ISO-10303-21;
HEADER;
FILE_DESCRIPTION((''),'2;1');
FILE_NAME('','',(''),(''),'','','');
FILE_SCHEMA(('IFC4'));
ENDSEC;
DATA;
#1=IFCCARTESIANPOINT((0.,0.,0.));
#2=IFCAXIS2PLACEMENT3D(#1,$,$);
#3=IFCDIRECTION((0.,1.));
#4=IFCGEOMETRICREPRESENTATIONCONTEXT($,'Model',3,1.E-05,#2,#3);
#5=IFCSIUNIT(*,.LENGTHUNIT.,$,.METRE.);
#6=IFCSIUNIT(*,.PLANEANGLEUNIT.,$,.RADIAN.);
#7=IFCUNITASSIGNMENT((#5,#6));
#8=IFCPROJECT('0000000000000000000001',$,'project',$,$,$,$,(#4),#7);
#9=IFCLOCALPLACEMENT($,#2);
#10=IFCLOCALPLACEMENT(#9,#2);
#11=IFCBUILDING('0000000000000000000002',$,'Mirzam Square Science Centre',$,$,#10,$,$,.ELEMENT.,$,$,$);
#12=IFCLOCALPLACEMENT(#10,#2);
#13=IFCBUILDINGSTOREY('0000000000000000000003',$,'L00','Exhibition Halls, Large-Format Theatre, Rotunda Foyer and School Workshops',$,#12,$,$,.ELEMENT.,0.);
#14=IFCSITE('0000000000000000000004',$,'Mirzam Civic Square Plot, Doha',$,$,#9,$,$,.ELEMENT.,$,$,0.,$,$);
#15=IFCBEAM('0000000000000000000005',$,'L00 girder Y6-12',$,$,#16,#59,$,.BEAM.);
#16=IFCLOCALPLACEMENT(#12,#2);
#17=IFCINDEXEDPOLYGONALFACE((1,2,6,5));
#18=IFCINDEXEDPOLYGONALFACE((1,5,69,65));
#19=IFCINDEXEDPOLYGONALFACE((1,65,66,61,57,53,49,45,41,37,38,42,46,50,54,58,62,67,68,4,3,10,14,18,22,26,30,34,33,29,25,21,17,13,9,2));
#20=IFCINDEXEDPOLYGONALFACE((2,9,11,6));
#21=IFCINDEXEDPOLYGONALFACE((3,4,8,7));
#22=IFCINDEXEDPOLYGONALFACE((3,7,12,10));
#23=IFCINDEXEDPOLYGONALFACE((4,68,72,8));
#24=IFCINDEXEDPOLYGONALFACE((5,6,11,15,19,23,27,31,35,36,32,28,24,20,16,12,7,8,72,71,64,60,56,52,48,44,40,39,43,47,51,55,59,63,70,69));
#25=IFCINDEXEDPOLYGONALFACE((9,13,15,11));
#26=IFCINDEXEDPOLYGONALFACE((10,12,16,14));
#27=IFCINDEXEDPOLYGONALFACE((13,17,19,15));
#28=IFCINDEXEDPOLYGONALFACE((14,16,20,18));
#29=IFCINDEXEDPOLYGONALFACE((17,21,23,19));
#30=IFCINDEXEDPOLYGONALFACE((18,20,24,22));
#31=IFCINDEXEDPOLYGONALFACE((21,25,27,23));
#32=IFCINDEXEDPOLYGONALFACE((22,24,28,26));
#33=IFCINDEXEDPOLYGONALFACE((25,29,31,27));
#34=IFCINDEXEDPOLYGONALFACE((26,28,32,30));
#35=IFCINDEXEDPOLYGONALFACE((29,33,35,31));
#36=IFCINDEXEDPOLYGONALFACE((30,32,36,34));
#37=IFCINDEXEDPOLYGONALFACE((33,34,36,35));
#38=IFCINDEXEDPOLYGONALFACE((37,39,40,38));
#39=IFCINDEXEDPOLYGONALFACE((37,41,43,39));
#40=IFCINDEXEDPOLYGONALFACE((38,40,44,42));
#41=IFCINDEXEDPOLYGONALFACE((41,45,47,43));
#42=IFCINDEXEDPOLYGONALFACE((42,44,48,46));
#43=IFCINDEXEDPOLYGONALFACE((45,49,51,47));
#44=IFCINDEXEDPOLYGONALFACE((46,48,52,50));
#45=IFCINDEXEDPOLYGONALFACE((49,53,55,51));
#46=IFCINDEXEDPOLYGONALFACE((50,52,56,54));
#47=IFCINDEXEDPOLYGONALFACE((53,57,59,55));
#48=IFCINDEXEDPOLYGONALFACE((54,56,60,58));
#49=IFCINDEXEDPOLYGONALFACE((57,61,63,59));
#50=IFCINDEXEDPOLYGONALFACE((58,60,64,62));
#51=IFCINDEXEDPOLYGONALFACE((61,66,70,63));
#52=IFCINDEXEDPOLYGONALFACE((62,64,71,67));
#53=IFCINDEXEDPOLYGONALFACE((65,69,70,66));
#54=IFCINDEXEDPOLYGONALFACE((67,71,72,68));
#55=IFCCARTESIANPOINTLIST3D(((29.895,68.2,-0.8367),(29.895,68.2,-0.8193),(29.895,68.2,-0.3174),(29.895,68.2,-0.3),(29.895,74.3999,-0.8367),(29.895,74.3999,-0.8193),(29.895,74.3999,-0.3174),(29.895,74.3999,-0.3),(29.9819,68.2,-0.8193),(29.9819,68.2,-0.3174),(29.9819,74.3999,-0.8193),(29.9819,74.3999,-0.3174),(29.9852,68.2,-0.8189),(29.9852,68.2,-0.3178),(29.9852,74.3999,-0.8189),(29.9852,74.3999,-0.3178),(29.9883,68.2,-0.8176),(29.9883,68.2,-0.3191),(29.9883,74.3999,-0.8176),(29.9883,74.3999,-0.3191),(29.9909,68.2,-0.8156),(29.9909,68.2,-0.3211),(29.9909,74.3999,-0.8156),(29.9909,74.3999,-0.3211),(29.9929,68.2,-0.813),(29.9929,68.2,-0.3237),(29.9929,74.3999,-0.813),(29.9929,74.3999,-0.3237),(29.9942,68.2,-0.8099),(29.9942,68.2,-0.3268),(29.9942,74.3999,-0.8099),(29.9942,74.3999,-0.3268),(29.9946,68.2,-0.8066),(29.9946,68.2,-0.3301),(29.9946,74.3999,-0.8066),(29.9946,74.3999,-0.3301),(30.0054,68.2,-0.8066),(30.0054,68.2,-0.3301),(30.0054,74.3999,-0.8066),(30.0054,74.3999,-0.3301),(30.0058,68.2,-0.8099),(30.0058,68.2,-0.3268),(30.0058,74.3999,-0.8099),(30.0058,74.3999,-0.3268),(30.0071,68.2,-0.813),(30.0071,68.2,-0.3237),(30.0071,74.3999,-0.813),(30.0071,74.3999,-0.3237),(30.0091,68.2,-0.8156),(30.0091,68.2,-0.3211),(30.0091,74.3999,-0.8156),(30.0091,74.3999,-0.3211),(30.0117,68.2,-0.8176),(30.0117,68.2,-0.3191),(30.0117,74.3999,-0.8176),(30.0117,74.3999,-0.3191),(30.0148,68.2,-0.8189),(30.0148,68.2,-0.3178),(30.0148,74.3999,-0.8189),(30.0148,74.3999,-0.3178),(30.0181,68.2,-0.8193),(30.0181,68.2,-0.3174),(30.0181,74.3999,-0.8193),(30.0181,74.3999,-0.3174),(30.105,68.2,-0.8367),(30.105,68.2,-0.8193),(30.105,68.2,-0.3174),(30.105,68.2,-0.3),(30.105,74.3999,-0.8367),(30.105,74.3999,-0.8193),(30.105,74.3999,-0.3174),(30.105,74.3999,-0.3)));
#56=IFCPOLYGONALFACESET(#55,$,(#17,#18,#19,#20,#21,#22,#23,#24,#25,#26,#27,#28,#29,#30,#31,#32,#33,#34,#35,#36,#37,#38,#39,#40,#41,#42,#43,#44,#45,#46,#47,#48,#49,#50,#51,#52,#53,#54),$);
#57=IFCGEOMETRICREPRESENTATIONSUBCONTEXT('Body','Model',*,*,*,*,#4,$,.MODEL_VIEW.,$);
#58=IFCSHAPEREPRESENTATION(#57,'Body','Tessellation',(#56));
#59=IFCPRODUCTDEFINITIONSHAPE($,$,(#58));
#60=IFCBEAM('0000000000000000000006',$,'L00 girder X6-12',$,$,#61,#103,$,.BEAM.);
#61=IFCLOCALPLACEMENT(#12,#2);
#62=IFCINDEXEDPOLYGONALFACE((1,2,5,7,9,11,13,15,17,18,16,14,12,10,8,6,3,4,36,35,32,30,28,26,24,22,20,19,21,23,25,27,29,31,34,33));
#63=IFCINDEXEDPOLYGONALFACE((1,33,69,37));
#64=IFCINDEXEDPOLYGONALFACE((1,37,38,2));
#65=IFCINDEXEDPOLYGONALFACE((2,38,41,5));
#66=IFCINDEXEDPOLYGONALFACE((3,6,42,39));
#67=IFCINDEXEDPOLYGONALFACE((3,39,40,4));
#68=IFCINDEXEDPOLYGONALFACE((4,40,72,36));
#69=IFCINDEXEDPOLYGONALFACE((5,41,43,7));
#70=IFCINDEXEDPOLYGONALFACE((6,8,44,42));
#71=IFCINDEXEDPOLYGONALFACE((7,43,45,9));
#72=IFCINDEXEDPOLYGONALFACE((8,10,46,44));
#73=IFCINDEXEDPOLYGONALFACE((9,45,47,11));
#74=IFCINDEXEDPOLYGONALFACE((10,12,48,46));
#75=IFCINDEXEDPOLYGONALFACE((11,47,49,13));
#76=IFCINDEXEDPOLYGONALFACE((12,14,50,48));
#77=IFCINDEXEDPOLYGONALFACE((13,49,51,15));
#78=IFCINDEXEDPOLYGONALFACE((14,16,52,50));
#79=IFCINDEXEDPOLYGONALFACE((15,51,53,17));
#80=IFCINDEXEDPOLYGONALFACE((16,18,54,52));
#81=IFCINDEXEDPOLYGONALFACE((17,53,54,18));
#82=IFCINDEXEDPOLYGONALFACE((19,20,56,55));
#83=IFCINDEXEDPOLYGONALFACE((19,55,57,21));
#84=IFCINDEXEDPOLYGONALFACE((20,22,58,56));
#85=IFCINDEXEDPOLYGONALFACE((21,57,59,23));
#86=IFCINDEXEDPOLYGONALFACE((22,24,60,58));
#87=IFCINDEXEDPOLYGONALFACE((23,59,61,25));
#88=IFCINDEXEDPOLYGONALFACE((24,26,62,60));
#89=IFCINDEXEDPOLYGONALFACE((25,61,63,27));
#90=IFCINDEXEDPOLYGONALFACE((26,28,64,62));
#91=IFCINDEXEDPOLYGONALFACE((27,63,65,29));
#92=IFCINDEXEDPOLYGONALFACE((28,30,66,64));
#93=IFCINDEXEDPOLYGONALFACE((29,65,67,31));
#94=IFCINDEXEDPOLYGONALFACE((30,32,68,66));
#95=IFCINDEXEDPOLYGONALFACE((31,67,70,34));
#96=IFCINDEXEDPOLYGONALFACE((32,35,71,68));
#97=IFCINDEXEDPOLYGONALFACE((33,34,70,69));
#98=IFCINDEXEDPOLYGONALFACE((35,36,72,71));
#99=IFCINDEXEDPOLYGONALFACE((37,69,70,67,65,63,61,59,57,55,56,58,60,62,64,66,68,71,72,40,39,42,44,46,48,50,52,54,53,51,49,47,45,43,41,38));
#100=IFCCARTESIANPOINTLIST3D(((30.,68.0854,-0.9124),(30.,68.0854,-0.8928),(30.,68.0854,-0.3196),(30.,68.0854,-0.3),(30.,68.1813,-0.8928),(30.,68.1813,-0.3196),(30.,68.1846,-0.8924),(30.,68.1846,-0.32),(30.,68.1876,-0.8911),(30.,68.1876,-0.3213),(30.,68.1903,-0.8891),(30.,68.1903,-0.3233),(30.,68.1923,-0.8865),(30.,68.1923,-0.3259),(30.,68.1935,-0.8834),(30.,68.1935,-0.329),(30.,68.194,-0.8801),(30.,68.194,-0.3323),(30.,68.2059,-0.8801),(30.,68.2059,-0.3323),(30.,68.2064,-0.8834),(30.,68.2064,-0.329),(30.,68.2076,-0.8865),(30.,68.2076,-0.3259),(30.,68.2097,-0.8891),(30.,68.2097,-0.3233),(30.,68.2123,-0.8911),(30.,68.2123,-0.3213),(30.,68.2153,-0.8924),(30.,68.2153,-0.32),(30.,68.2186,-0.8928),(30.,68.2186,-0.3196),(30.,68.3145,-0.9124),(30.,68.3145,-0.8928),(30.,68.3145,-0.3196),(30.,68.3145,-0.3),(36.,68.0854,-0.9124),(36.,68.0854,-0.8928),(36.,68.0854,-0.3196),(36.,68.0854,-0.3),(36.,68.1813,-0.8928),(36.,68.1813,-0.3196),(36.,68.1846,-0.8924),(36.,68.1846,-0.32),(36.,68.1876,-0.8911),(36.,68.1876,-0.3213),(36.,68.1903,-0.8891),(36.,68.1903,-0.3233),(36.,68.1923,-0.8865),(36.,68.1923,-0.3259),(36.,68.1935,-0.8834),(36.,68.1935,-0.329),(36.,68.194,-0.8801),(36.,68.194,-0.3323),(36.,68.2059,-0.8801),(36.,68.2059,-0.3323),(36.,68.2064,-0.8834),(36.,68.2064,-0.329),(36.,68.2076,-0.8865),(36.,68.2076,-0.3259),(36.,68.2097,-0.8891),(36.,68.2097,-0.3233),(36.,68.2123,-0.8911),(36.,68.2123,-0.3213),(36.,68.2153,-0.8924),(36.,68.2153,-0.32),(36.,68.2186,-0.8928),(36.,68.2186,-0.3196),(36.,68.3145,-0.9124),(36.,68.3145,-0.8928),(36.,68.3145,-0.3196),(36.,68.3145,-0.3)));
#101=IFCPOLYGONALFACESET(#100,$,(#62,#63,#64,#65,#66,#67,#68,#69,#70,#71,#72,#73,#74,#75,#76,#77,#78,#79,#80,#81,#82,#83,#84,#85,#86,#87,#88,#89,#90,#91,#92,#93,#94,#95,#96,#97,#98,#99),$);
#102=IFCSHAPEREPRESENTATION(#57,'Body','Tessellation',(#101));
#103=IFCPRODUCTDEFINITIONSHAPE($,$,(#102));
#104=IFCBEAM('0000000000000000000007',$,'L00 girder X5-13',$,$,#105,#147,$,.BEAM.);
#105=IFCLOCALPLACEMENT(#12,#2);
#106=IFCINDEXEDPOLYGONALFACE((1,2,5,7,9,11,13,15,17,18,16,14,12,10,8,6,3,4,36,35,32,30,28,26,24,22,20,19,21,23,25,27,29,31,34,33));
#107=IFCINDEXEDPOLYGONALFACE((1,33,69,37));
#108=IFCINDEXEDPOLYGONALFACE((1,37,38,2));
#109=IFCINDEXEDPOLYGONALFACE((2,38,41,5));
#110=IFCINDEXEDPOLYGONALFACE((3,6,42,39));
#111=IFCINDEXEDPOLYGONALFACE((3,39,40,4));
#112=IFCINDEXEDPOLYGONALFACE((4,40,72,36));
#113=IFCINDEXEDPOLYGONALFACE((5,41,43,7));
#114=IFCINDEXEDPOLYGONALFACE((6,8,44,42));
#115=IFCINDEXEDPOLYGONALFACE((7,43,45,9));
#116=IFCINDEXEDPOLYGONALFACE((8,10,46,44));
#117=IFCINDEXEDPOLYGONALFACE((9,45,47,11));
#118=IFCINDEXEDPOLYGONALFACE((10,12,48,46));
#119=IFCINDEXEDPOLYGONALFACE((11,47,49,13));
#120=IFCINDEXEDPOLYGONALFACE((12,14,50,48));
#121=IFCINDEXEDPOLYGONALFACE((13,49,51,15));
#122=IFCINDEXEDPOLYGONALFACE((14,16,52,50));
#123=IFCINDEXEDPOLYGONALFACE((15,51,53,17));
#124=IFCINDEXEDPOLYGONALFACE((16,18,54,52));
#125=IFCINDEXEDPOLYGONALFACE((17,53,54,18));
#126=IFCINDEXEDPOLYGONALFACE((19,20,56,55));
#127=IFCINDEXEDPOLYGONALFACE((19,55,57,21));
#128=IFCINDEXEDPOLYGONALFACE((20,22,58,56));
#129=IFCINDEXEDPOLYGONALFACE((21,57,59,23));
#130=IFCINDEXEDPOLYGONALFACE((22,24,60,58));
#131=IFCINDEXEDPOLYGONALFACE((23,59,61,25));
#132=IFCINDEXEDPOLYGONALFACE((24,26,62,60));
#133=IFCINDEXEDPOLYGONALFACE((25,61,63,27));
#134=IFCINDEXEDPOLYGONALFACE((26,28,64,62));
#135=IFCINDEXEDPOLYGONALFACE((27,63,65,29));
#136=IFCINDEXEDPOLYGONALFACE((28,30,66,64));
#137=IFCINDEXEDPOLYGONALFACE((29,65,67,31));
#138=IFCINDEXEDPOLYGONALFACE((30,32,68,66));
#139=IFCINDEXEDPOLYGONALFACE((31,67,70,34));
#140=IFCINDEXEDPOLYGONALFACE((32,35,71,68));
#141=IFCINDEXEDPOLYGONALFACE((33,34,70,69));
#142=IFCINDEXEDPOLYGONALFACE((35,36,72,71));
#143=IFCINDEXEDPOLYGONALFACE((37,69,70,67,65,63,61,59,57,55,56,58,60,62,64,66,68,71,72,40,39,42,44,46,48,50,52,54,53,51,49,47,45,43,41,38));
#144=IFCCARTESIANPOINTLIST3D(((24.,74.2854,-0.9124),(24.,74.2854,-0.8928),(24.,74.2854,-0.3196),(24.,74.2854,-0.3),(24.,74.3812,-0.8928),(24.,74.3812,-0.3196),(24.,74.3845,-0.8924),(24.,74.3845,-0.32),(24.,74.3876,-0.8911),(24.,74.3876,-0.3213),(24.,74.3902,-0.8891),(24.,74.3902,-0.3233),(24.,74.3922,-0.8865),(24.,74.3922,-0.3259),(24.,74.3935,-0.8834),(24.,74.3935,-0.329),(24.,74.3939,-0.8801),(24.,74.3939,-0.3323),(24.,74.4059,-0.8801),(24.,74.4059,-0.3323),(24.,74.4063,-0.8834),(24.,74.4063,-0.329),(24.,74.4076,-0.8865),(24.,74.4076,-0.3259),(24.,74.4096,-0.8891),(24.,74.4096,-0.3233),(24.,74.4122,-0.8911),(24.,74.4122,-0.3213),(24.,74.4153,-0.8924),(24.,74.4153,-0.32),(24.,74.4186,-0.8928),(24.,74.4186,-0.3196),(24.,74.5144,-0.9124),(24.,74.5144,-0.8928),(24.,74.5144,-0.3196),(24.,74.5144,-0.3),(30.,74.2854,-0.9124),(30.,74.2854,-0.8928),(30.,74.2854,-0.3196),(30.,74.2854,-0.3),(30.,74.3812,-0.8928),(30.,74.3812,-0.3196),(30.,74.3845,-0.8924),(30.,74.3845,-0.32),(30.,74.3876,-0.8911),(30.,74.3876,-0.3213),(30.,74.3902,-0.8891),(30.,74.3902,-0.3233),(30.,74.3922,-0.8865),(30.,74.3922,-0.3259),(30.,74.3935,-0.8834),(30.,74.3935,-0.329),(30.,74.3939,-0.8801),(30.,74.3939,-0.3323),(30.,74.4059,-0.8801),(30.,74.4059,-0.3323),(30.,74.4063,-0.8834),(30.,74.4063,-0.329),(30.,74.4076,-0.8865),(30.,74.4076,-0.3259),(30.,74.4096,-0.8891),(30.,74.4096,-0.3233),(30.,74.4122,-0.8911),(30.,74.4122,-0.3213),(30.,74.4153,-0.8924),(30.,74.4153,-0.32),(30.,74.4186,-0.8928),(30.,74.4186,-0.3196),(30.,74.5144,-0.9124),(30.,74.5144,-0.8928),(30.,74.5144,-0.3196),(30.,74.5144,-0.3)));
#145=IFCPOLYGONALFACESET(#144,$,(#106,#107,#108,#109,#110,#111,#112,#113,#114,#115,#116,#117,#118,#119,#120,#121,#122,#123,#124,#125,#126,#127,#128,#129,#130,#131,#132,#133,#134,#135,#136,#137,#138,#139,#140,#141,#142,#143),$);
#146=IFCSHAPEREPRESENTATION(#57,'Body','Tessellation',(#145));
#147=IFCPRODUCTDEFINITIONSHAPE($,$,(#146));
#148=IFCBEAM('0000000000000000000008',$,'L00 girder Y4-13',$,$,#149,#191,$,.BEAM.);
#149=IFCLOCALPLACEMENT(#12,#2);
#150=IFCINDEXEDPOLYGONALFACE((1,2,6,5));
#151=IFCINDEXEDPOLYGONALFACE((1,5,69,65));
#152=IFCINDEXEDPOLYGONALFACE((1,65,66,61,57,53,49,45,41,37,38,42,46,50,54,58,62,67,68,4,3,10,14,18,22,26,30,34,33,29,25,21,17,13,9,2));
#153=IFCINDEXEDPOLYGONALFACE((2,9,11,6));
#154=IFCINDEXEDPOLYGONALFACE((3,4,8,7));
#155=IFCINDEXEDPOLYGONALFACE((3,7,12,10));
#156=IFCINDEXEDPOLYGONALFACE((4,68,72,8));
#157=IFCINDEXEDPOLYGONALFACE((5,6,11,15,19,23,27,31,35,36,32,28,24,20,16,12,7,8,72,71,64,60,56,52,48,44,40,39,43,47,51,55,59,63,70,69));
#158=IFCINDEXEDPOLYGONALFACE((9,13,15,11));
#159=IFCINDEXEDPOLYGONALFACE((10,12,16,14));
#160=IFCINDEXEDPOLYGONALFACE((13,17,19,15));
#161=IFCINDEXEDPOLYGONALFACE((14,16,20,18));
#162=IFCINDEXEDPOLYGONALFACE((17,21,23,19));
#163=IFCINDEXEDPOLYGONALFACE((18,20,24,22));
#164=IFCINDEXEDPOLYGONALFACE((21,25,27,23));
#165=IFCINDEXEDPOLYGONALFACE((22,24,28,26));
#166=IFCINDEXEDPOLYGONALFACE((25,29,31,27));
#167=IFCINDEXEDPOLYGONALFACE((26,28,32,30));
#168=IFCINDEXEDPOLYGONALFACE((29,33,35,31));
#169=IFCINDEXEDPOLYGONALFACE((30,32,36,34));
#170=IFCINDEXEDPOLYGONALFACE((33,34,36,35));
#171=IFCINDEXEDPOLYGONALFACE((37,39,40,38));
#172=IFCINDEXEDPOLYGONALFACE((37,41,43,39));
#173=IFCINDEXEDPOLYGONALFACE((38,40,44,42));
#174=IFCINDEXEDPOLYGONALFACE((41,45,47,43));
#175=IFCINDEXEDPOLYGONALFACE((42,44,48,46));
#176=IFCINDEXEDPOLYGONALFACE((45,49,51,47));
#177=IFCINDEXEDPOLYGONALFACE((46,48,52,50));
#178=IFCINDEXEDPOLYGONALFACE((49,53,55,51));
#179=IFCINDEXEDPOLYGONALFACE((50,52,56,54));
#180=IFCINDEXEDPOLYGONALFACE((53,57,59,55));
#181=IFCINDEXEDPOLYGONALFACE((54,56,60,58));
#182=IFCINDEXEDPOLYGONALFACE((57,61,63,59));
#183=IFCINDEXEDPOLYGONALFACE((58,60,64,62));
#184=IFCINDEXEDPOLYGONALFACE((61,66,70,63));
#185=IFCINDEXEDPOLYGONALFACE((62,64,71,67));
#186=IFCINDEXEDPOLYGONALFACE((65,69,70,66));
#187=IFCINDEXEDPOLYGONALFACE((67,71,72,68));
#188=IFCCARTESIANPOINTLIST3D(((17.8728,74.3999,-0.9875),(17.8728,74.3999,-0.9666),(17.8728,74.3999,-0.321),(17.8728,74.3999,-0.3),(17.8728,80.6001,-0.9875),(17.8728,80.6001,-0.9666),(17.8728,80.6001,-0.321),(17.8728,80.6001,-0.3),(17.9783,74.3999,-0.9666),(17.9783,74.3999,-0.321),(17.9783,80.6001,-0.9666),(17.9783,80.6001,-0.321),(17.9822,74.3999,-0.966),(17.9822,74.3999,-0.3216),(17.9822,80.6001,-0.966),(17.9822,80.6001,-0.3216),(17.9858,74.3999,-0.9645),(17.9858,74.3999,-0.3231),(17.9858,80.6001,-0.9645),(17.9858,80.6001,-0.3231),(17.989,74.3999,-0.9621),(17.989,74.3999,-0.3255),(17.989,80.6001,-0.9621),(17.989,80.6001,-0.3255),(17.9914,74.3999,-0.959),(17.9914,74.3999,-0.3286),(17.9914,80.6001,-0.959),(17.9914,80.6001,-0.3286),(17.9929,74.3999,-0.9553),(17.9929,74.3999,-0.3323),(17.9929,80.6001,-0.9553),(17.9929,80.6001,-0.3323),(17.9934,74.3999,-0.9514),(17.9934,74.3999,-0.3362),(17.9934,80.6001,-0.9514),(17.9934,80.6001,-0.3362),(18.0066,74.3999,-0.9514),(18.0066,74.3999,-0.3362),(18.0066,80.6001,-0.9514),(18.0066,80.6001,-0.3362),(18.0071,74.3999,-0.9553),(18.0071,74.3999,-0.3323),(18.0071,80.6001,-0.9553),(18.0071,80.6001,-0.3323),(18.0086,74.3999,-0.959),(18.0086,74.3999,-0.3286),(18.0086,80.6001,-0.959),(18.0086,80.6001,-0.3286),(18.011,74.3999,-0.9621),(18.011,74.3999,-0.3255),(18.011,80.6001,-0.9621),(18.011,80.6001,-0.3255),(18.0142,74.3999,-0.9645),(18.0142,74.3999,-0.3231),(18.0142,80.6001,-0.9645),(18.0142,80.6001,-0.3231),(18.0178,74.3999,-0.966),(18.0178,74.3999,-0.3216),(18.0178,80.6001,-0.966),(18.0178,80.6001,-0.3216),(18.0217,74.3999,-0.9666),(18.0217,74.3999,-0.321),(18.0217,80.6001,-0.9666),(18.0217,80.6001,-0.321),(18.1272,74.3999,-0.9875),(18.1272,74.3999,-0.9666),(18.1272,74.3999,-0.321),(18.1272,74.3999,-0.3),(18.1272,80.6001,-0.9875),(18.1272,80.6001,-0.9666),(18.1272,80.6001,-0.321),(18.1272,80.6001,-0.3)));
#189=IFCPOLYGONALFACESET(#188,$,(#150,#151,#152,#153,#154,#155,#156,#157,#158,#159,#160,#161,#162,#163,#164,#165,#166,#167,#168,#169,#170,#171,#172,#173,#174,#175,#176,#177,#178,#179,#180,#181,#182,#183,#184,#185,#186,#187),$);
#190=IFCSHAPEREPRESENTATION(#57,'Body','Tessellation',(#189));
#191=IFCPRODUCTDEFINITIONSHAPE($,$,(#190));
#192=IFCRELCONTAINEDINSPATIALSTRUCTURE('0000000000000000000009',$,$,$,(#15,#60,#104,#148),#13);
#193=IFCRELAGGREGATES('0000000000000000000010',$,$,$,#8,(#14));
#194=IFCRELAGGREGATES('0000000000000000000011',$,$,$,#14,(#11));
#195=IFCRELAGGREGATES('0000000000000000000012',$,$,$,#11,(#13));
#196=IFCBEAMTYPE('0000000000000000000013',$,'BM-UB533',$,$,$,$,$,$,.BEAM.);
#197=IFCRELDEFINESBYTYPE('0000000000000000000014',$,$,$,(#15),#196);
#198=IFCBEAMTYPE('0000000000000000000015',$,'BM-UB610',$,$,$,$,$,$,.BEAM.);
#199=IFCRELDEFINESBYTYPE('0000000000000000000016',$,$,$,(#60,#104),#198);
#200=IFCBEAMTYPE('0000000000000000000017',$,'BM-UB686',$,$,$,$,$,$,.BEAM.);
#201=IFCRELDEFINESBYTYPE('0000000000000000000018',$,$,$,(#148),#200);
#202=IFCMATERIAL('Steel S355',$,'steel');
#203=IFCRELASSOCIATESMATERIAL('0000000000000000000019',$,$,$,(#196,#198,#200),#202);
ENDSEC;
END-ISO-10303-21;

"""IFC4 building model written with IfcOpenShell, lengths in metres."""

from ifc_helpers import new_model, si_unit, direction, frame, origin, origin_2d, place, context, subcontext, project, spatial, i_section, extrude, material, material_profile, profile_set, type_object, element, save


model = new_model("IFC4")

# Units and contexts
model_context = context("Model", 3, precision=1e-05, world=origin(), true_north=direction((0.0, 1.0)))
body_context = subcontext(model_context, "Body", "Model", "MODEL_VIEW")
ifc_project = project(units=[si_unit("LENGTHUNIT", "METRE"), si_unit("PLANEANGLEUNIT", "RADIAN")], contexts=[model_context])

# Site, building, storey
site_placement = place(None, origin())
site = spatial("IfcSite", under=ifc_project, at=site_placement, Name="Mirzam Civic Square Plot, Doha", CompositionType="ELEMENT", RefElevation=0.0)
building_placement = place(site_placement, origin())
building = spatial("IfcBuilding", under=site, at=building_placement, Name="Mirzam Square Science Centre", CompositionType="ELEMENT")
storey_placement = place(building_placement, origin())
storey = spatial("IfcBuildingStorey", under=building, at=storey_placement, Name="L00", Description="Exhibition Halls, Large-Format Theatre, Rotunda Foyer and School Workshops", CompositionType="ELEMENT", Elevation=0.0)

# Shared definitions
ifc_material_1 = material(Name="Steel S355", Category="steel")

# Beams
ifc_material_profile_1 = material_profile(ifc_material_1, i_section(OverallWidth=0.21, OverallDepth=0.5366, WebThickness=0.0107, FlangeThickness=0.0173, FilletRadius=0.0127, at=origin_2d()), Name="533x210x101UB")
ifc_profile_set_1 = profile_set([ifc_material_profile_1], Name="Steel S355")
beam_type_1 = type_object("IfcBeamType", Name="BM-UB533", PredefinedType="BEAM", material=ifc_profile_set_1)
beam_1_placement = place(storey_placement, frame((30.0, 68.2, -0.5684), z_axis=(0.0, 1.0, 0.0), x_axis=(-1.0, 0.0, 0.0)))
element("IfcBeam", 1, at=beam_1_placement, inside=storey, type_object=beam_type_1, Name="L00 girder Y6-12", PredefinedType="BEAM", context=body_context, shape_type="SweptSolid", body=[
    extrude(i_section(OverallWidth=0.21, OverallDepth=0.5366, WebThickness=0.0107, FlangeThickness=0.0173, FilletRadius=0.0127, at=origin_2d()), origin(), (0.0, 0.0, 1.0), 6.2),
])
ifc_material_profile_2 = material_profile(ifc_material_1, i_section(OverallWidth=0.229, OverallDepth=0.6123, WebThickness=0.012, FlangeThickness=0.0195, FilletRadius=0.0127, at=origin_2d()), Name="610x229x125UB")
ifc_profile_set_2 = profile_set([ifc_material_profile_2], Name="Steel S355")
beam_type_2 = type_object("IfcBeamType", Name="BM-UB610", PredefinedType="BEAM", material=ifc_profile_set_2)
for number, where, z_axis, x_axis, name in (
    (2, (30.0, 68.2, -0.6062), (1.0, 0.0, 0.0), (0.0, 1.0, 0.0), "L00 girder X6-12"),
    (3, (24.0, 74.3999, -0.6062), (1.0, 0.0, 0.0), (0.0, 1.0, 0.0), "L00 girder X5-13"),
):
    element("IfcBeam", number, at=place(storey_placement, frame(where, z_axis=z_axis, x_axis=x_axis)), inside=storey, type_object=beam_type_2, Name=name, PredefinedType="BEAM", context=body_context, shape_type="SweptSolid", body=[
        extrude(i_section(OverallWidth=0.229, OverallDepth=0.6123, WebThickness=0.012, FlangeThickness=0.0195, FilletRadius=0.0127, at=origin_2d()), origin(), (0.0, 0.0, 1.0), 6.0),
    ])
ifc_material_profile_3 = material_profile(ifc_material_1, i_section(OverallWidth=0.2544, OverallDepth=0.6875, WebThickness=0.0132, FlangeThickness=0.021, FilletRadius=0.0151, at=origin_2d()), Name="686x254x152UB")
ifc_profile_set_3 = profile_set([ifc_material_profile_3], Name="Steel S355")
beam_type_3 = type_object("IfcBeamType", Name="BM-UB686", PredefinedType="BEAM", material=ifc_profile_set_3)
beam_2_placement = place(storey_placement, frame((18.0, 74.3999, -0.6438), z_axis=(0.0, 1.0, 0.0), x_axis=(-1.0, 0.0, 0.0)))
element("IfcBeam", 4, at=beam_2_placement, inside=storey, type_object=beam_type_3, Name="L00 girder Y4-13", PredefinedType="BEAM", context=body_context, shape_type="SweptSolid", body=[
    extrude(i_section(OverallWidth=0.2544, OverallDepth=0.6875, WebThickness=0.0132, FlangeThickness=0.021, FilletRadius=0.0151, at=origin_2d()), origin(), (0.0, 0.0, 1.0), 6.2002),
])

save(model, "model.ifc")
